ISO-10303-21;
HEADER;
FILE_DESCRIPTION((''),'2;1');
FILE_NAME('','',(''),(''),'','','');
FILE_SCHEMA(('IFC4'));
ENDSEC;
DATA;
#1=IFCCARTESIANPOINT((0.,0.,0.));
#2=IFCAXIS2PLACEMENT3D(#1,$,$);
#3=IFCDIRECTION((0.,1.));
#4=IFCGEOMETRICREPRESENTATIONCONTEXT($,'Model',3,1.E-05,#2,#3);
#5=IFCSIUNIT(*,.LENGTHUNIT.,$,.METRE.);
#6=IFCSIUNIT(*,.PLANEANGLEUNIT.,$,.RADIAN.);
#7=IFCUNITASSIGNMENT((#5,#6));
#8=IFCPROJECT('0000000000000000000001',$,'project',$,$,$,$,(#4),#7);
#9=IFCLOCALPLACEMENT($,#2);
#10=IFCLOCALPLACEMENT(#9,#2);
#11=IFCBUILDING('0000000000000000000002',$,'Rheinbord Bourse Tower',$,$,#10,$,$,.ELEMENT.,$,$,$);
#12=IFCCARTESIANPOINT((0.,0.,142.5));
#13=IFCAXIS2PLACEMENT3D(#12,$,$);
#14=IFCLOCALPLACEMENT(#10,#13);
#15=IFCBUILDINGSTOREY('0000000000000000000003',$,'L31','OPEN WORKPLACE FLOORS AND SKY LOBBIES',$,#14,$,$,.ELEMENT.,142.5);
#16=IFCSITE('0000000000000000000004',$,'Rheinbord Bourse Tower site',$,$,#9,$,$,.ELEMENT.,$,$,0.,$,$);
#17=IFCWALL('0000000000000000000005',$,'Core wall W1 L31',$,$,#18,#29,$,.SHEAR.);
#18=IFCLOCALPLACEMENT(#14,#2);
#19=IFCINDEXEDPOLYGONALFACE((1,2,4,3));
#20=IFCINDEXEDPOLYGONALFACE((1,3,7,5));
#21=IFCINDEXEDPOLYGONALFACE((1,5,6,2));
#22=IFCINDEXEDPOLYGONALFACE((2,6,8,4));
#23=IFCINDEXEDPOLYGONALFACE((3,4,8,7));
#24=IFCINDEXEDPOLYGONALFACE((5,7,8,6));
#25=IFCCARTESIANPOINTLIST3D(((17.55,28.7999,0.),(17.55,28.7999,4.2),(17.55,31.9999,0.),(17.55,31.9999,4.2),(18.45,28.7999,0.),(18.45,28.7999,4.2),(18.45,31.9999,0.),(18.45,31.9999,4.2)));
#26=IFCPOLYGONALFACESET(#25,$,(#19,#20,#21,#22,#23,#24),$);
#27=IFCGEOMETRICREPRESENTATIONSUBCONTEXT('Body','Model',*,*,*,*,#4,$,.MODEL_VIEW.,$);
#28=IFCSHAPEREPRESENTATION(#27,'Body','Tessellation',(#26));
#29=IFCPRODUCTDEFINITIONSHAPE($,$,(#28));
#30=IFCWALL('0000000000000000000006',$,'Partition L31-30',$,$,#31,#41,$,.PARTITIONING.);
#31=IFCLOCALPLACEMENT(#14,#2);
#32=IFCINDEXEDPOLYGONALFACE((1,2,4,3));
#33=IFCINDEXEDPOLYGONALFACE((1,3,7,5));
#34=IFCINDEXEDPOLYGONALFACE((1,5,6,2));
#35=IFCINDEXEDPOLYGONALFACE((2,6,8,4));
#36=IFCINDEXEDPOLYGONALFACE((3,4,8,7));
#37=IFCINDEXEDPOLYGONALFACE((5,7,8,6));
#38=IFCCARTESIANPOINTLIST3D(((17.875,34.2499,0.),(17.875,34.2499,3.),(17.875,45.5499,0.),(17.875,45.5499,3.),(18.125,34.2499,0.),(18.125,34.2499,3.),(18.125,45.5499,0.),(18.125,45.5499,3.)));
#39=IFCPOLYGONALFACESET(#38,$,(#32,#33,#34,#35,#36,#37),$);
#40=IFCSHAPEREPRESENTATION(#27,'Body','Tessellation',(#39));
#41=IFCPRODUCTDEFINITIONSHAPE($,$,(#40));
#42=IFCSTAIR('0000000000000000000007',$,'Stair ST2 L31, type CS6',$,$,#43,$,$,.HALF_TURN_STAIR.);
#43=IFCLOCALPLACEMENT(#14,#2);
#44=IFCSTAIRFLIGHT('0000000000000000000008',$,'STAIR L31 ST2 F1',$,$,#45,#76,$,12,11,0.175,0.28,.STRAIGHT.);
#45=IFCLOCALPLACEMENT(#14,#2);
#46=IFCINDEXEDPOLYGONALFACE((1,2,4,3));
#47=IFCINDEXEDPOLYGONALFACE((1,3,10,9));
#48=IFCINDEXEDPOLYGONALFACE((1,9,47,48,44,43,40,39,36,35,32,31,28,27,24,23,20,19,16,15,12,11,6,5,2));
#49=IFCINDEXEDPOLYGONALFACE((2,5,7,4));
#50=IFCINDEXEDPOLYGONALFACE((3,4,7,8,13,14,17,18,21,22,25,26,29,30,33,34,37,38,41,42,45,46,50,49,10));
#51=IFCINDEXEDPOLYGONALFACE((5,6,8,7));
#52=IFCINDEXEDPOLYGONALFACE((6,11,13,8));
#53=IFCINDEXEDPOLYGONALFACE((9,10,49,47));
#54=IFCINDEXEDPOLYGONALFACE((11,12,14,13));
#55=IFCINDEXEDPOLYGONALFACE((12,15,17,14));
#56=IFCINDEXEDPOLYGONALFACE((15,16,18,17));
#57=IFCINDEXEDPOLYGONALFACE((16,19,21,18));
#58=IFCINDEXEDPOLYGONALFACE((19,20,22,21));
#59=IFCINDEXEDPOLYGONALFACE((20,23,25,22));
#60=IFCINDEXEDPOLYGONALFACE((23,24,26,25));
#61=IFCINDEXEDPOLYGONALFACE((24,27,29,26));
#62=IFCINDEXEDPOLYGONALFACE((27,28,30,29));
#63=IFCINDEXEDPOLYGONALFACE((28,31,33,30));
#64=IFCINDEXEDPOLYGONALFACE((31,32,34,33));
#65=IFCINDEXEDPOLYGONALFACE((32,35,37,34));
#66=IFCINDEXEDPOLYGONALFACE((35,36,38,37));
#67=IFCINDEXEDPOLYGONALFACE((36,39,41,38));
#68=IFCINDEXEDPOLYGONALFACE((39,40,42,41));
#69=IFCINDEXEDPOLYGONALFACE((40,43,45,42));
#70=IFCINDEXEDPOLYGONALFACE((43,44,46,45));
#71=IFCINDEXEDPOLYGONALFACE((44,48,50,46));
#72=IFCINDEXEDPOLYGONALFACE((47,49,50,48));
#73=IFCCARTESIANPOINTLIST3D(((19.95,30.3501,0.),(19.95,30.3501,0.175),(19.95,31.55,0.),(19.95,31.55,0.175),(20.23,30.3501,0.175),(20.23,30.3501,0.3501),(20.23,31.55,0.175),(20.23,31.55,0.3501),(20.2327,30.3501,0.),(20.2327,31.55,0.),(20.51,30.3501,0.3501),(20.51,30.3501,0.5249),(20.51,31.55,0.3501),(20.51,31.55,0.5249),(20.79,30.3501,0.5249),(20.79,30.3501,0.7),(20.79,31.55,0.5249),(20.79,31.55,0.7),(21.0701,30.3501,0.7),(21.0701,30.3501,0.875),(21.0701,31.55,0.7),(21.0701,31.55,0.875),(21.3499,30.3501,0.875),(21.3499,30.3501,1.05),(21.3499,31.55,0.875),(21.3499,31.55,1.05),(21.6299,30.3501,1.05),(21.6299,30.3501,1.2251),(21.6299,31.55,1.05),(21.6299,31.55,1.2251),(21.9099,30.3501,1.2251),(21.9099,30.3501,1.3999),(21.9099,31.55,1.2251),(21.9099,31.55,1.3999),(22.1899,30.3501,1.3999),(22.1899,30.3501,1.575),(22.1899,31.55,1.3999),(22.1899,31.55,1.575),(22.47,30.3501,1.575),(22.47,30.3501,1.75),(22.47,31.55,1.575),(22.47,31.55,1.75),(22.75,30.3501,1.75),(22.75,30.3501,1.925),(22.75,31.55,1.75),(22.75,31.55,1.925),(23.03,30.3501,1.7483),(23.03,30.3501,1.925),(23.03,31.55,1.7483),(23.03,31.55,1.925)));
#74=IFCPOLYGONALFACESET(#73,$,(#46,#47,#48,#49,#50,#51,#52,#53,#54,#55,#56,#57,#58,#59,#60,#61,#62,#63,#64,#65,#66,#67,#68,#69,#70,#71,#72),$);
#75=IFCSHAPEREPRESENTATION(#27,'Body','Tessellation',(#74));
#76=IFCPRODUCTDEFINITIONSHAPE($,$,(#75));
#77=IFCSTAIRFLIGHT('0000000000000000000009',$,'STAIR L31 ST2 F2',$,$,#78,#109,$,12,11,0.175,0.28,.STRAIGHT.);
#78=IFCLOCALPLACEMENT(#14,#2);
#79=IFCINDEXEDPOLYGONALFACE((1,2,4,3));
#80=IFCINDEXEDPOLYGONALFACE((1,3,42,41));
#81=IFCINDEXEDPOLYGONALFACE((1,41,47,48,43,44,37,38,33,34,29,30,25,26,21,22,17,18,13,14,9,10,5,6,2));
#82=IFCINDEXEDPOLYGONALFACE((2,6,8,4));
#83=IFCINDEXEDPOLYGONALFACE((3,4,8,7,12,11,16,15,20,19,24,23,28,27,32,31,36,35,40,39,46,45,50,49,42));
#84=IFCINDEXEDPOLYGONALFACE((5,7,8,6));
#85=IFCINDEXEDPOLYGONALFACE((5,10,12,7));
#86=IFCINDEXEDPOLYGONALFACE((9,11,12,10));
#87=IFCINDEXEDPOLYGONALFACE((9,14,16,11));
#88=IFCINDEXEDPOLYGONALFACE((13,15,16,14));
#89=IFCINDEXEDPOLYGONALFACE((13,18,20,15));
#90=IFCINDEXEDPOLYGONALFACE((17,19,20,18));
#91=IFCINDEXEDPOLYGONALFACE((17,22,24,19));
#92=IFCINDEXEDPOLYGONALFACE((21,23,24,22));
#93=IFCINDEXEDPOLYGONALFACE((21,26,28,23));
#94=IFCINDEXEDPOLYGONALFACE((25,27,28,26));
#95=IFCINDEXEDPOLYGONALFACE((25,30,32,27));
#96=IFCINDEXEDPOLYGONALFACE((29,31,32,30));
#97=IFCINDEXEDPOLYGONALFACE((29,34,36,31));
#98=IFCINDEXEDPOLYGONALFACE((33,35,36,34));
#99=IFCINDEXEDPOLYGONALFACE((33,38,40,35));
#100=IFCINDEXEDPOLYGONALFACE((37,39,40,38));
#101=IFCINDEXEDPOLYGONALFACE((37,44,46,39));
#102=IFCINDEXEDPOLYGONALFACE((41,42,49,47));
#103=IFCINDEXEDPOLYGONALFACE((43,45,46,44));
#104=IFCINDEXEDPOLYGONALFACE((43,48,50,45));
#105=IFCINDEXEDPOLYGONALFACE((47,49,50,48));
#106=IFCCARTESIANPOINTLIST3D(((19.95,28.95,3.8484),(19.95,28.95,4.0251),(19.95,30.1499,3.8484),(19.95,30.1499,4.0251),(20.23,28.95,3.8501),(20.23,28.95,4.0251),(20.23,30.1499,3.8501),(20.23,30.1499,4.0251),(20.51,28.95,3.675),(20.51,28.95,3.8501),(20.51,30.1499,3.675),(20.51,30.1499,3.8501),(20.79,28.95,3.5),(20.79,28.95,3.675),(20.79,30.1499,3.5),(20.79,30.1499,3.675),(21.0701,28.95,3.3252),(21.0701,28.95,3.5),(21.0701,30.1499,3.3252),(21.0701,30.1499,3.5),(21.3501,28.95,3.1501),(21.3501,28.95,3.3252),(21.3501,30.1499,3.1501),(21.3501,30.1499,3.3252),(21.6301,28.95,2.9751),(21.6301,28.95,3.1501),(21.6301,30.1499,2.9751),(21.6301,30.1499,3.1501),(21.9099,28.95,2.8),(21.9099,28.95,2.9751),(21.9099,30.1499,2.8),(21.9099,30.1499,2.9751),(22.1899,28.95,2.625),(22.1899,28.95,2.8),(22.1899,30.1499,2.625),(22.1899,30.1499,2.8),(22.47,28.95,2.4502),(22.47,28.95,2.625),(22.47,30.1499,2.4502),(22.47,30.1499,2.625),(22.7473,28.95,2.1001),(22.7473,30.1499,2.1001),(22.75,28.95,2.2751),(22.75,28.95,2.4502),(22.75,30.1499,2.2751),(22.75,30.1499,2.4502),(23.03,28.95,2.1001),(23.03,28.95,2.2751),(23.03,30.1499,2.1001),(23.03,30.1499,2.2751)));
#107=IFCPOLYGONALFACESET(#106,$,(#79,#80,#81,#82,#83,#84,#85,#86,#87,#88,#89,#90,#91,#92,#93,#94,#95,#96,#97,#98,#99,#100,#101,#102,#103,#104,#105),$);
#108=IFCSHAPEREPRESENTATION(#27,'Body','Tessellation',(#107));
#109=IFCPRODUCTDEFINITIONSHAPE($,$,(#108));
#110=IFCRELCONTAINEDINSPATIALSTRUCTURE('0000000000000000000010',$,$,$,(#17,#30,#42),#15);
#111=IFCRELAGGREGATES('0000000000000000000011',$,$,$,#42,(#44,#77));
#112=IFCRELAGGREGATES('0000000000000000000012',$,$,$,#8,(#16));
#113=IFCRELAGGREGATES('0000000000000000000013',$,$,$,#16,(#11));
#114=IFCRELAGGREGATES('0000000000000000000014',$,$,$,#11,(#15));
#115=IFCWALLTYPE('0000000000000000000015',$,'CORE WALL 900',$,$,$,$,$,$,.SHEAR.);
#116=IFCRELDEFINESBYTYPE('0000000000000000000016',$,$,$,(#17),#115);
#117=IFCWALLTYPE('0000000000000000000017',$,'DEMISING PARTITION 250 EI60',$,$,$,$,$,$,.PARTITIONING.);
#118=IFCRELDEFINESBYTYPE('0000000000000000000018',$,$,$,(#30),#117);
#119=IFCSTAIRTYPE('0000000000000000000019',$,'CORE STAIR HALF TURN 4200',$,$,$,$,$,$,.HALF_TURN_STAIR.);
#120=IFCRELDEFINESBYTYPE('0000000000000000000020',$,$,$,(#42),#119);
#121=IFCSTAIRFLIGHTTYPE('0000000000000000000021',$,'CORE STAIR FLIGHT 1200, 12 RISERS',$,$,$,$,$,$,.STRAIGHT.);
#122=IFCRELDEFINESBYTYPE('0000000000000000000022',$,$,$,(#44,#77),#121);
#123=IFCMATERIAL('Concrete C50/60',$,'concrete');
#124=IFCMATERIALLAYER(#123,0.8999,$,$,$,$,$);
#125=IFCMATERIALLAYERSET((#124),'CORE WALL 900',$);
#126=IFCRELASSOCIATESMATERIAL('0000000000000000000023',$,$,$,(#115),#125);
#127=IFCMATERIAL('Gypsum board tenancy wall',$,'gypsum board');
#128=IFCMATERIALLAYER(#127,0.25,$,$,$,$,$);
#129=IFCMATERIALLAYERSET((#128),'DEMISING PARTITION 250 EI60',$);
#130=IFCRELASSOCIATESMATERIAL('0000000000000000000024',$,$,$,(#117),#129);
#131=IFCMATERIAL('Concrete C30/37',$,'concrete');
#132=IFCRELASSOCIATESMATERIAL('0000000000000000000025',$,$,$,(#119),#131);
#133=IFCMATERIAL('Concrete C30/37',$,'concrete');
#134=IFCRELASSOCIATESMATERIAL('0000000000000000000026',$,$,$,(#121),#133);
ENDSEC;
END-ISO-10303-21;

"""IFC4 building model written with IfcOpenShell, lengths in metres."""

from ifc_helpers import new_model, si_unit, direction, frame, frame_2d, origin, place, context, subcontext, project, spatial, polyline, rectangle, outline, extrude, material, layer, layer_set, type_object, element, aggregate, save


model = new_model("IFC4")

# Units and contexts
model_context = context("Model", 3, precision=1e-05, world=origin(), true_north=direction((0.0, 1.0)))
body_context = subcontext(model_context, "Body", "Model", "MODEL_VIEW")
ifc_project = project(units=[si_unit("LENGTHUNIT", "METRE"), si_unit("PLANEANGLEUNIT", "RADIAN")], contexts=[model_context])

# Site, building, storey
site_placement = place(None, origin())
site = spatial("IfcSite", under=ifc_project, at=site_placement, Name="Rheinbord Bourse Tower site", CompositionType="ELEMENT", RefElevation=0.0)
building_placement = place(site_placement, origin())
building = spatial("IfcBuilding", under=site, at=building_placement, Name="Rheinbord Bourse Tower", CompositionType="ELEMENT")
storey_placement = place(building_placement, frame((0.0, 0.0, 142.5)))
storey = spatial("IfcBuildingStorey", under=building, at=storey_placement, Name="L31", Description="OPEN WORKPLACE FLOORS AND SKY LOBBIES", CompositionType="ELEMENT", Elevation=142.5)

# Walls
ifc_material_1 = material(Name="Concrete C50/60", Category="concrete")
ifc_layer_1 = layer(ifc_material_1, 0.8999)
ifc_layer_set_1 = layer_set([ifc_layer_1], Name="CORE WALL 900")
wall_type_1 = type_object("IfcWallType", Name="CORE WALL 900", PredefinedType="SHEAR", material=ifc_layer_set_1)
wall_1_placement = place(storey_placement, frame((18.0, 32.0, 0.0), z_axis=(0.0, 0.0, 1.0), x_axis=(0.0, -1.0, 0.0)))
element("IfcWall", 1, at=wall_1_placement, inside=storey, type_object=wall_type_1, Name="Core wall W1 L31", PredefinedType="SHEAR", context=body_context, shape_type="SweptSolid", body=[
    extrude(rectangle(XDim=3.2, YDim=0.8999, at=frame_2d((1.6001, 0.0))), origin(), (0.0, 0.0, 1.0), 4.2),
])
ifc_material_2 = material(Name="Gypsum board tenancy wall", Category="gypsum board")
ifc_layer_2 = layer(ifc_material_2, 0.25)
ifc_layer_set_2 = layer_set([ifc_layer_2], Name="DEMISING PARTITION 250 EI60")
wall_type_2 = type_object("IfcWallType", Name="DEMISING PARTITION 250 EI60", PredefinedType="PARTITIONING", material=ifc_layer_set_2)
wall_2_placement = place(storey_placement, frame((18.0, 34.25, 0.0), z_axis=(0.0, 0.0, 1.0), x_axis=(0.0, 1.0, 0.0)))
element("IfcWall", 2, at=wall_2_placement, inside=storey, type_object=wall_type_2, Name="Partition L31-30", PredefinedType="PARTITIONING", context=body_context, shape_type="SweptSolid", body=[
    extrude(rectangle(XDim=11.3, YDim=0.25, at=frame_2d((5.6499, 0.0))), origin(), (0.0, 0.0, 1.0), 3.0),
])

# Stair, stair flights
ifc_material_3 = material(Name="Concrete C30/37", Category="concrete")
stair_type = type_object("IfcStairType", Name="CORE STAIR HALF TURN 4200", PredefinedType="HALF_TURN_STAIR", material=ifc_material_3)
stair_placement = place(storey_placement, origin())
stair = element("IfcStair", 3, at=stair_placement, inside=storey, type_object=stair_type, Name="Stair ST2 L31, type CS6", PredefinedType="HALF_TURN_STAIR")
ifc_material_4 = material(Name="Concrete C30/37", Category="concrete")
stair_flight_type = type_object("IfcStairFlightType", Name="CORE STAIR FLIGHT 1200, 12 RISERS", PredefinedType="STRAIGHT", material=ifc_material_4)
stair_flight_1_placement = place(storey_placement, frame((19.95, 30.95, 0.0), z_axis=(0.0, 0.0, 1.0), x_axis=(1.0, 0.0, 0.0)))
stair_flight_1 = element("IfcStairFlight", 4, at=stair_flight_1_placement, type_object=stair_flight_type, Name="STAIR L31 ST2 F1", NumberOfRisers=12, NumberOfTreads=11, PredefinedType="STRAIGHT", RiserHeight=0.175, TreadLength=0.28, context=body_context, shape_type="SweptSolid", body=[
    extrude(outline(polyline([(0.0, 0.0), (0.0, 0.175), (0.28, 0.175), (0.28, 0.3501), (0.5601, 0.3501), (0.5601, 0.5249), (0.8401, 0.5249), (0.8401, 0.7), (1.1201, 0.7), (1.1201, 0.875), (1.3999, 0.875), (1.3999, 1.05), (1.6799, 1.05), (1.6799, 1.2251), (1.96, 1.2251), (1.96, 1.3999), (2.24, 1.3999), (2.24, 1.575), (2.52, 1.575), (2.52, 1.75), (2.8, 1.75), (2.8, 1.925), (3.0801, 1.925), (3.0801, 2.1001), (3.0801, 1.7483), (0.2827, 0.0), (0.0, 0.0)])), frame((0.0, 0.6001, 0.0), z_axis=(0.0, -1.0, 0.0), x_axis=(1.0, 0.0, 0.0)), (0.0, 0.0, 1.0), 1.2),
])
stair_flight_2_placement = place(storey_placement, frame((23.03, 29.55, 2.1001), z_axis=(0.0, 0.0, 1.0), x_axis=(-1.0, 0.0, 0.0)))
stair_flight_2 = element("IfcStairFlight", 5, at=stair_flight_2_placement, type_object=stair_flight_type, Name="STAIR L31 ST2 F2", NumberOfRisers=12, NumberOfTreads=11, PredefinedType="STRAIGHT", RiserHeight=0.175, TreadLength=0.28, context=body_context, shape_type="SweptSolid", body=[
    extrude(outline(polyline([(0.0, 0.0), (0.0, 0.175), (0.28, 0.175), (0.28, 0.3501), (0.5601, 0.3501), (0.5601, 0.5249), (0.8401, 0.5249), (0.8401, 0.7), (1.1201, 0.7), (1.1201, 0.875), (1.3999, 0.875), (1.3999, 1.05), (1.6799, 1.05), (1.6799, 1.2251), (1.96, 1.2251), (1.96, 1.3999), (2.24, 1.3999), (2.24, 1.575), (2.52, 1.575), (2.52, 1.75), (2.8, 1.75), (2.8, 1.925), (3.0801, 1.925), (3.0801, 2.1001), (3.0801, 1.7483), (0.2827, 0.0), (0.0, 0.0)])), frame((0.0, 0.6001, 0.0), z_axis=(0.0, -1.0, 0.0), x_axis=(1.0, 0.0, 0.0)), (0.0, 0.0, 1.0), 1.2),
])
aggregate(stair, [stair_flight_1, stair_flight_2])

save(model, "model.ifc")
